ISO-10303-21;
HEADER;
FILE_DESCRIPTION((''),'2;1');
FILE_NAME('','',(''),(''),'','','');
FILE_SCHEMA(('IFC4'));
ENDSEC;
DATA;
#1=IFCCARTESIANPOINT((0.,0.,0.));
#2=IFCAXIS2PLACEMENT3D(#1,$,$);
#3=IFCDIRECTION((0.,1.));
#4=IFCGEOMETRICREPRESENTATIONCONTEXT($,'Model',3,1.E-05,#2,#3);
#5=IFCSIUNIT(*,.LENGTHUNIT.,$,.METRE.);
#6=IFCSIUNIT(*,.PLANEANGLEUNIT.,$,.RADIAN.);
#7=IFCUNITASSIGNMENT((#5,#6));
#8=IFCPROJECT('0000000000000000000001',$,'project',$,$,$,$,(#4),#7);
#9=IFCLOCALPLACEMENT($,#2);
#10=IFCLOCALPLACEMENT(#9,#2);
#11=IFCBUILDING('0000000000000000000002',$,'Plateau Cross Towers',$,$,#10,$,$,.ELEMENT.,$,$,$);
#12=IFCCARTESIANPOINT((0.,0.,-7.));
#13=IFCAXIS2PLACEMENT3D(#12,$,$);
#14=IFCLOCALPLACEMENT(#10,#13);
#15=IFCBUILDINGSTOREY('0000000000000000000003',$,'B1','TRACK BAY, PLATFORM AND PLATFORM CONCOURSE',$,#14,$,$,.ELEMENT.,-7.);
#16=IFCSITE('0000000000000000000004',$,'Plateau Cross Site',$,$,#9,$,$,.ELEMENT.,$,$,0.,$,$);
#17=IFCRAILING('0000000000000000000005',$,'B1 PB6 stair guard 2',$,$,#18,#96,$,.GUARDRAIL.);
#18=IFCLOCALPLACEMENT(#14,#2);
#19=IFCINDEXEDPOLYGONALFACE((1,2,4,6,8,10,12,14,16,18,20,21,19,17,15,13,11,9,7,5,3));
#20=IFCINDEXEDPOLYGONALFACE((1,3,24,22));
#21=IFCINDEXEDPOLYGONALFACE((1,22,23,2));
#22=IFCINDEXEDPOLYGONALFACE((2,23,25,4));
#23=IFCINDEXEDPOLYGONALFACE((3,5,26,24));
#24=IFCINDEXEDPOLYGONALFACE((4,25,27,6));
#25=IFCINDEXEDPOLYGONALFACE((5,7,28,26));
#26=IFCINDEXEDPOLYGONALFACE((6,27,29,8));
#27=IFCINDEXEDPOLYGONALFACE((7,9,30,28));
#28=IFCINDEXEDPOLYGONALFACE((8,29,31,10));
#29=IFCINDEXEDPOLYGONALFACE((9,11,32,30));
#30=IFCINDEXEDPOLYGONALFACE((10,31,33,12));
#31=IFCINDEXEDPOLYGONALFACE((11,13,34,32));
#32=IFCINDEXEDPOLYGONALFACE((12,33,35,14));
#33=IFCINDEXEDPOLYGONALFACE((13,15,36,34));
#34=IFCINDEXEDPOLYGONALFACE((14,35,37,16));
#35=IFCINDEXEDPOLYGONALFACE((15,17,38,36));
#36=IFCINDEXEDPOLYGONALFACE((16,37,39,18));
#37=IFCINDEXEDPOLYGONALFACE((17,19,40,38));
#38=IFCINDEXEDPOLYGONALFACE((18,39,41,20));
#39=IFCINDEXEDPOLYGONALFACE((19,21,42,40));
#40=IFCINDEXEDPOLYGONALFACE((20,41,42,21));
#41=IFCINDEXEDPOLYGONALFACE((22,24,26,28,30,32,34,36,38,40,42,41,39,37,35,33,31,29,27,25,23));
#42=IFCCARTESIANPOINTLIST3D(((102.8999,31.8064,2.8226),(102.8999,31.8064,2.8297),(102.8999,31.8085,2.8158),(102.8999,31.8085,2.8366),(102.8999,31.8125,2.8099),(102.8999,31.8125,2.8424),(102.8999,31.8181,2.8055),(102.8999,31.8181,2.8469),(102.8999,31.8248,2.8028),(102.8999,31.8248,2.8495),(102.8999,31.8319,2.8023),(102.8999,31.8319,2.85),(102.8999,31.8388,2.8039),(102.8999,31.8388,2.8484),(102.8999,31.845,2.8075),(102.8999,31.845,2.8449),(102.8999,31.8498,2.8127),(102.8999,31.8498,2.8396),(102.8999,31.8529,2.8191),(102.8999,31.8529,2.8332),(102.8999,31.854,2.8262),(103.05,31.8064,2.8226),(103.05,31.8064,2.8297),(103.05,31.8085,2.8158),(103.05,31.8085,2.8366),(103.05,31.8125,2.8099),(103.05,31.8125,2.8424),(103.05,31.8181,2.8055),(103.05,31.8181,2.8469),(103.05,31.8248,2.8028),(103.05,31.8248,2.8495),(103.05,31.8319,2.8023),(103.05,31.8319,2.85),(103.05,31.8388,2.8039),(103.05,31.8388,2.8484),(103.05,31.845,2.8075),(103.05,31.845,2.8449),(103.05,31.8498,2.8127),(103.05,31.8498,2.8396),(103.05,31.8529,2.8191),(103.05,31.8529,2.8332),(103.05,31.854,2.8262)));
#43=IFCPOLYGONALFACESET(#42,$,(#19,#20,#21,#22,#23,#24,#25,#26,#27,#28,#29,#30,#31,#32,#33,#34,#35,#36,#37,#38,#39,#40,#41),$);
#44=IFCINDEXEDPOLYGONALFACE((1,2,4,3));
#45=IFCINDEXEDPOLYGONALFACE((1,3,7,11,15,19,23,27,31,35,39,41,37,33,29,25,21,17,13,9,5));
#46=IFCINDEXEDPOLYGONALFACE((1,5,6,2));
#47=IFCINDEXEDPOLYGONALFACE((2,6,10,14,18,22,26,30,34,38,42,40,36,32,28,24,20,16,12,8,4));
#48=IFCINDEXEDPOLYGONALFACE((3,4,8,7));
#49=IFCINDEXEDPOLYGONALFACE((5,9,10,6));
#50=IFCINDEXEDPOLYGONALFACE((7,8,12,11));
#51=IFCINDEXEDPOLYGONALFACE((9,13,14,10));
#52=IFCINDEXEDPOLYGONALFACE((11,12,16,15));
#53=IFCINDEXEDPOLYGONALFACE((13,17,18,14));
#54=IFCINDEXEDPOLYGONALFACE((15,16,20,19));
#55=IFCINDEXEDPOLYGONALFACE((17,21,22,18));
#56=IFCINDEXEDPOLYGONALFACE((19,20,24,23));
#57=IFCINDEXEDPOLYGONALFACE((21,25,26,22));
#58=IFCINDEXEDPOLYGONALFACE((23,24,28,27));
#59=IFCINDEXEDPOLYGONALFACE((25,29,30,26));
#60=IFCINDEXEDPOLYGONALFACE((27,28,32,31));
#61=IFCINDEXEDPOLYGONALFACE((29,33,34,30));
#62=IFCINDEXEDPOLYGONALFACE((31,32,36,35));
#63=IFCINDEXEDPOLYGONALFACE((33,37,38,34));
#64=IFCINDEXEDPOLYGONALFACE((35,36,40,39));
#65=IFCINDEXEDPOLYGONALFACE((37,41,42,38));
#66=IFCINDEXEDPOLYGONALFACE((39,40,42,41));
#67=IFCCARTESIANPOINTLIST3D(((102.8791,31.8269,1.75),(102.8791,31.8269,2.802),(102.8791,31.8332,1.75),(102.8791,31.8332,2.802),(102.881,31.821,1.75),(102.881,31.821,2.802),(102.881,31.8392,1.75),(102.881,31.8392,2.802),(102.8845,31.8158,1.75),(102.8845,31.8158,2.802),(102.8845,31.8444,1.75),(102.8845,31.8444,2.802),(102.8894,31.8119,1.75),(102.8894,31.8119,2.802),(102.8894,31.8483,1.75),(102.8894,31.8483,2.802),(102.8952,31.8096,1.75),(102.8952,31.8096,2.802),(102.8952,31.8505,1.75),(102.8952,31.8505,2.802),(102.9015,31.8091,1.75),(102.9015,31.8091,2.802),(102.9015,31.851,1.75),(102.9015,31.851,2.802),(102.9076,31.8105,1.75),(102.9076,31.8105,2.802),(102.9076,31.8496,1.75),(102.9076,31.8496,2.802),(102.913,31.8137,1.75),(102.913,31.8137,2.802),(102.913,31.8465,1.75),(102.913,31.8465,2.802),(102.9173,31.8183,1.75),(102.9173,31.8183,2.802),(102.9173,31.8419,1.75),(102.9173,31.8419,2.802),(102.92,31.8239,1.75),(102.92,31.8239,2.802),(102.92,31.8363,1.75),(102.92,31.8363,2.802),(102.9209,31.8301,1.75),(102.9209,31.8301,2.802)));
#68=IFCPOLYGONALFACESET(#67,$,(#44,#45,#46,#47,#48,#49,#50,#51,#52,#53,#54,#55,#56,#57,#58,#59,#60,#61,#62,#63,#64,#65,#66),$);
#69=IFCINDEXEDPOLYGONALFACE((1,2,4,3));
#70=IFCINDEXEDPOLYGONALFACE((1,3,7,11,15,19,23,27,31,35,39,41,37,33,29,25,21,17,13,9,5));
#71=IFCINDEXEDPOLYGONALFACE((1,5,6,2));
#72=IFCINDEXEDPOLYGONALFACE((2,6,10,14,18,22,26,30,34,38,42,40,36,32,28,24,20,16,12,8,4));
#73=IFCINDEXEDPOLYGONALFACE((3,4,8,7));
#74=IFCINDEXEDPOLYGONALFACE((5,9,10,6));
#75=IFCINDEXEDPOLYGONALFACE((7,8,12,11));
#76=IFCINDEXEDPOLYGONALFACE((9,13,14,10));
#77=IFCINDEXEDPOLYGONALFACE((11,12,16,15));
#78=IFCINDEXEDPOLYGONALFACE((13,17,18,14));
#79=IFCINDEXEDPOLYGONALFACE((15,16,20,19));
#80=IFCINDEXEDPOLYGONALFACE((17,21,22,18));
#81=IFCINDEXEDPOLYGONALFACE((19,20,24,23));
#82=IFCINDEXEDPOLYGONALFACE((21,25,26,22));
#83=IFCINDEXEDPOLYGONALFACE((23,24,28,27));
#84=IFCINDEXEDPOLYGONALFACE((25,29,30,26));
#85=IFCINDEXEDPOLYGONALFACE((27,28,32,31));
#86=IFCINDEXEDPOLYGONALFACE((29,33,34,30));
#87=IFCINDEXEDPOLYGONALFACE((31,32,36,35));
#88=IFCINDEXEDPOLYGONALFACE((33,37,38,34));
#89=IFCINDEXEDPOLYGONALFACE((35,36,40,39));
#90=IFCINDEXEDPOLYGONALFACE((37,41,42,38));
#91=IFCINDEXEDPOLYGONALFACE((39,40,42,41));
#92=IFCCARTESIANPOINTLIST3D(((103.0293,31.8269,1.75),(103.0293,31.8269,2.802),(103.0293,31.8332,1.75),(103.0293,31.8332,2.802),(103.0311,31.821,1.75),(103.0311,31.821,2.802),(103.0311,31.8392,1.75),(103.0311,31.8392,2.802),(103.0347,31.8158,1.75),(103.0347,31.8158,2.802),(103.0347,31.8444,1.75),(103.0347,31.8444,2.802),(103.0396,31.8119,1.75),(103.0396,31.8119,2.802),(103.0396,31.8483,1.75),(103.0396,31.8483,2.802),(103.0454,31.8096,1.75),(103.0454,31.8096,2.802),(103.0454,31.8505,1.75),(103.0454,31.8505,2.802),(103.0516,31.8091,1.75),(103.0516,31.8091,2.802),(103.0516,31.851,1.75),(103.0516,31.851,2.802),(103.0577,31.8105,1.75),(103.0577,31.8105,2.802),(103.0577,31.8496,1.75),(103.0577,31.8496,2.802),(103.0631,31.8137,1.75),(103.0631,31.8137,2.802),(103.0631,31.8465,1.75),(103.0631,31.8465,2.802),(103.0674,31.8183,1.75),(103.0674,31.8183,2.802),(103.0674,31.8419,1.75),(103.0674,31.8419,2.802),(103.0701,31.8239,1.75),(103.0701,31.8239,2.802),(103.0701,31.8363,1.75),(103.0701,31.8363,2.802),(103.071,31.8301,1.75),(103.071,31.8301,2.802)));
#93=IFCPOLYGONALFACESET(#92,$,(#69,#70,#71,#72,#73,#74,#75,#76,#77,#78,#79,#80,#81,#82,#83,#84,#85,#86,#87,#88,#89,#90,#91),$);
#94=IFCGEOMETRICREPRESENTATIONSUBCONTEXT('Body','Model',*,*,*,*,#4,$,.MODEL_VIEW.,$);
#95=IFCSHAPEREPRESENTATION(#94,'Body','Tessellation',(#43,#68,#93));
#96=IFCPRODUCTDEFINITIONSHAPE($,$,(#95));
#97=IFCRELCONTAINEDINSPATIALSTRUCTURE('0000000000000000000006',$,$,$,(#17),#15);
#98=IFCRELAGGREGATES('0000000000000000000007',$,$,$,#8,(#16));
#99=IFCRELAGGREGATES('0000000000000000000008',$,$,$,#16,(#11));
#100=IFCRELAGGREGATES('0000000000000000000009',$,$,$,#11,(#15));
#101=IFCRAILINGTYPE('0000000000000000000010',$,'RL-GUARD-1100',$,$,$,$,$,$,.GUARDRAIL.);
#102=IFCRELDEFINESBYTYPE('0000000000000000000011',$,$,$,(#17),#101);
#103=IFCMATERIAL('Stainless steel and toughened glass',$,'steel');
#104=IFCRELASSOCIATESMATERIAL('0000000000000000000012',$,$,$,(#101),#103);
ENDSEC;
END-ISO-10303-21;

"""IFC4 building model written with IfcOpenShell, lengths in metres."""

from ifc_helpers import new_model, si_unit, direction, frame, origin, origin_2d, place, context, subcontext, project, spatial, circle, extrude, material, type_object, element, save


model = new_model("IFC4")

# Units and contexts
model_context = context("Model", 3, precision=1e-05, world=origin(), true_north=direction((0.0, 1.0)))
body_context = subcontext(model_context, "Body", "Model", "MODEL_VIEW")
ifc_project = project(units=[si_unit("LENGTHUNIT", "METRE"), si_unit("PLANEANGLEUNIT", "RADIAN")], contexts=[model_context])

# Site, building, storey
site_placement = place(None, origin())
site = spatial("IfcSite", under=ifc_project, at=site_placement, Name="Plateau Cross Site", CompositionType="ELEMENT", RefElevation=0.0)
building_placement = place(site_placement, origin())
building = spatial("IfcBuilding", under=site, at=building_placement, Name="Plateau Cross Towers", CompositionType="ELEMENT")
storey_placement = place(building_placement, frame((0.0, 0.0, -7.0)))
storey = spatial("IfcBuildingStorey", under=building, at=storey_placement, Name="B1", Description="TRACK BAY, PLATFORM AND PLATFORM CONCOURSE", CompositionType="ELEMENT", Elevation=-7.0)

# Railing
ifc_material_1 = material(Name="Stainless steel and toughened glass", Category="steel")
railing_type_1 = type_object("IfcRailingType", Name="RL-GUARD-1100", PredefinedType="GUARDRAIL", material=ifc_material_1)
railing_1_placement = place(storey_placement, frame((102.8999, 31.8301, 1.75)))
element("IfcRailing", 1, at=railing_1_placement, inside=storey, type_object=railing_type_1, Name="B1 PB6 stair guard 2", PredefinedType="GUARDRAIL", context=body_context, shape_type="SweptSolid", body=[
    extrude(circle(Radius=0.0239, at=origin_2d()), frame((0.0, 0.0, 1.0762), z_axis=(1.0, 0.0, 0.0), x_axis=(0.0, 1.0, 0.0)), (0.0, 0.0, 1.0), 0.1501),
    extrude(circle(Radius=0.021, at=origin_2d()), origin(), (0.0, 0.0, 1.0), 1.052),
    extrude(circle(Radius=0.021, at=origin_2d()), frame((0.1501, 0.0, 0.0)), (0.0, 0.0, 1.0), 1.052),
])

save(model, "model.ifc")
